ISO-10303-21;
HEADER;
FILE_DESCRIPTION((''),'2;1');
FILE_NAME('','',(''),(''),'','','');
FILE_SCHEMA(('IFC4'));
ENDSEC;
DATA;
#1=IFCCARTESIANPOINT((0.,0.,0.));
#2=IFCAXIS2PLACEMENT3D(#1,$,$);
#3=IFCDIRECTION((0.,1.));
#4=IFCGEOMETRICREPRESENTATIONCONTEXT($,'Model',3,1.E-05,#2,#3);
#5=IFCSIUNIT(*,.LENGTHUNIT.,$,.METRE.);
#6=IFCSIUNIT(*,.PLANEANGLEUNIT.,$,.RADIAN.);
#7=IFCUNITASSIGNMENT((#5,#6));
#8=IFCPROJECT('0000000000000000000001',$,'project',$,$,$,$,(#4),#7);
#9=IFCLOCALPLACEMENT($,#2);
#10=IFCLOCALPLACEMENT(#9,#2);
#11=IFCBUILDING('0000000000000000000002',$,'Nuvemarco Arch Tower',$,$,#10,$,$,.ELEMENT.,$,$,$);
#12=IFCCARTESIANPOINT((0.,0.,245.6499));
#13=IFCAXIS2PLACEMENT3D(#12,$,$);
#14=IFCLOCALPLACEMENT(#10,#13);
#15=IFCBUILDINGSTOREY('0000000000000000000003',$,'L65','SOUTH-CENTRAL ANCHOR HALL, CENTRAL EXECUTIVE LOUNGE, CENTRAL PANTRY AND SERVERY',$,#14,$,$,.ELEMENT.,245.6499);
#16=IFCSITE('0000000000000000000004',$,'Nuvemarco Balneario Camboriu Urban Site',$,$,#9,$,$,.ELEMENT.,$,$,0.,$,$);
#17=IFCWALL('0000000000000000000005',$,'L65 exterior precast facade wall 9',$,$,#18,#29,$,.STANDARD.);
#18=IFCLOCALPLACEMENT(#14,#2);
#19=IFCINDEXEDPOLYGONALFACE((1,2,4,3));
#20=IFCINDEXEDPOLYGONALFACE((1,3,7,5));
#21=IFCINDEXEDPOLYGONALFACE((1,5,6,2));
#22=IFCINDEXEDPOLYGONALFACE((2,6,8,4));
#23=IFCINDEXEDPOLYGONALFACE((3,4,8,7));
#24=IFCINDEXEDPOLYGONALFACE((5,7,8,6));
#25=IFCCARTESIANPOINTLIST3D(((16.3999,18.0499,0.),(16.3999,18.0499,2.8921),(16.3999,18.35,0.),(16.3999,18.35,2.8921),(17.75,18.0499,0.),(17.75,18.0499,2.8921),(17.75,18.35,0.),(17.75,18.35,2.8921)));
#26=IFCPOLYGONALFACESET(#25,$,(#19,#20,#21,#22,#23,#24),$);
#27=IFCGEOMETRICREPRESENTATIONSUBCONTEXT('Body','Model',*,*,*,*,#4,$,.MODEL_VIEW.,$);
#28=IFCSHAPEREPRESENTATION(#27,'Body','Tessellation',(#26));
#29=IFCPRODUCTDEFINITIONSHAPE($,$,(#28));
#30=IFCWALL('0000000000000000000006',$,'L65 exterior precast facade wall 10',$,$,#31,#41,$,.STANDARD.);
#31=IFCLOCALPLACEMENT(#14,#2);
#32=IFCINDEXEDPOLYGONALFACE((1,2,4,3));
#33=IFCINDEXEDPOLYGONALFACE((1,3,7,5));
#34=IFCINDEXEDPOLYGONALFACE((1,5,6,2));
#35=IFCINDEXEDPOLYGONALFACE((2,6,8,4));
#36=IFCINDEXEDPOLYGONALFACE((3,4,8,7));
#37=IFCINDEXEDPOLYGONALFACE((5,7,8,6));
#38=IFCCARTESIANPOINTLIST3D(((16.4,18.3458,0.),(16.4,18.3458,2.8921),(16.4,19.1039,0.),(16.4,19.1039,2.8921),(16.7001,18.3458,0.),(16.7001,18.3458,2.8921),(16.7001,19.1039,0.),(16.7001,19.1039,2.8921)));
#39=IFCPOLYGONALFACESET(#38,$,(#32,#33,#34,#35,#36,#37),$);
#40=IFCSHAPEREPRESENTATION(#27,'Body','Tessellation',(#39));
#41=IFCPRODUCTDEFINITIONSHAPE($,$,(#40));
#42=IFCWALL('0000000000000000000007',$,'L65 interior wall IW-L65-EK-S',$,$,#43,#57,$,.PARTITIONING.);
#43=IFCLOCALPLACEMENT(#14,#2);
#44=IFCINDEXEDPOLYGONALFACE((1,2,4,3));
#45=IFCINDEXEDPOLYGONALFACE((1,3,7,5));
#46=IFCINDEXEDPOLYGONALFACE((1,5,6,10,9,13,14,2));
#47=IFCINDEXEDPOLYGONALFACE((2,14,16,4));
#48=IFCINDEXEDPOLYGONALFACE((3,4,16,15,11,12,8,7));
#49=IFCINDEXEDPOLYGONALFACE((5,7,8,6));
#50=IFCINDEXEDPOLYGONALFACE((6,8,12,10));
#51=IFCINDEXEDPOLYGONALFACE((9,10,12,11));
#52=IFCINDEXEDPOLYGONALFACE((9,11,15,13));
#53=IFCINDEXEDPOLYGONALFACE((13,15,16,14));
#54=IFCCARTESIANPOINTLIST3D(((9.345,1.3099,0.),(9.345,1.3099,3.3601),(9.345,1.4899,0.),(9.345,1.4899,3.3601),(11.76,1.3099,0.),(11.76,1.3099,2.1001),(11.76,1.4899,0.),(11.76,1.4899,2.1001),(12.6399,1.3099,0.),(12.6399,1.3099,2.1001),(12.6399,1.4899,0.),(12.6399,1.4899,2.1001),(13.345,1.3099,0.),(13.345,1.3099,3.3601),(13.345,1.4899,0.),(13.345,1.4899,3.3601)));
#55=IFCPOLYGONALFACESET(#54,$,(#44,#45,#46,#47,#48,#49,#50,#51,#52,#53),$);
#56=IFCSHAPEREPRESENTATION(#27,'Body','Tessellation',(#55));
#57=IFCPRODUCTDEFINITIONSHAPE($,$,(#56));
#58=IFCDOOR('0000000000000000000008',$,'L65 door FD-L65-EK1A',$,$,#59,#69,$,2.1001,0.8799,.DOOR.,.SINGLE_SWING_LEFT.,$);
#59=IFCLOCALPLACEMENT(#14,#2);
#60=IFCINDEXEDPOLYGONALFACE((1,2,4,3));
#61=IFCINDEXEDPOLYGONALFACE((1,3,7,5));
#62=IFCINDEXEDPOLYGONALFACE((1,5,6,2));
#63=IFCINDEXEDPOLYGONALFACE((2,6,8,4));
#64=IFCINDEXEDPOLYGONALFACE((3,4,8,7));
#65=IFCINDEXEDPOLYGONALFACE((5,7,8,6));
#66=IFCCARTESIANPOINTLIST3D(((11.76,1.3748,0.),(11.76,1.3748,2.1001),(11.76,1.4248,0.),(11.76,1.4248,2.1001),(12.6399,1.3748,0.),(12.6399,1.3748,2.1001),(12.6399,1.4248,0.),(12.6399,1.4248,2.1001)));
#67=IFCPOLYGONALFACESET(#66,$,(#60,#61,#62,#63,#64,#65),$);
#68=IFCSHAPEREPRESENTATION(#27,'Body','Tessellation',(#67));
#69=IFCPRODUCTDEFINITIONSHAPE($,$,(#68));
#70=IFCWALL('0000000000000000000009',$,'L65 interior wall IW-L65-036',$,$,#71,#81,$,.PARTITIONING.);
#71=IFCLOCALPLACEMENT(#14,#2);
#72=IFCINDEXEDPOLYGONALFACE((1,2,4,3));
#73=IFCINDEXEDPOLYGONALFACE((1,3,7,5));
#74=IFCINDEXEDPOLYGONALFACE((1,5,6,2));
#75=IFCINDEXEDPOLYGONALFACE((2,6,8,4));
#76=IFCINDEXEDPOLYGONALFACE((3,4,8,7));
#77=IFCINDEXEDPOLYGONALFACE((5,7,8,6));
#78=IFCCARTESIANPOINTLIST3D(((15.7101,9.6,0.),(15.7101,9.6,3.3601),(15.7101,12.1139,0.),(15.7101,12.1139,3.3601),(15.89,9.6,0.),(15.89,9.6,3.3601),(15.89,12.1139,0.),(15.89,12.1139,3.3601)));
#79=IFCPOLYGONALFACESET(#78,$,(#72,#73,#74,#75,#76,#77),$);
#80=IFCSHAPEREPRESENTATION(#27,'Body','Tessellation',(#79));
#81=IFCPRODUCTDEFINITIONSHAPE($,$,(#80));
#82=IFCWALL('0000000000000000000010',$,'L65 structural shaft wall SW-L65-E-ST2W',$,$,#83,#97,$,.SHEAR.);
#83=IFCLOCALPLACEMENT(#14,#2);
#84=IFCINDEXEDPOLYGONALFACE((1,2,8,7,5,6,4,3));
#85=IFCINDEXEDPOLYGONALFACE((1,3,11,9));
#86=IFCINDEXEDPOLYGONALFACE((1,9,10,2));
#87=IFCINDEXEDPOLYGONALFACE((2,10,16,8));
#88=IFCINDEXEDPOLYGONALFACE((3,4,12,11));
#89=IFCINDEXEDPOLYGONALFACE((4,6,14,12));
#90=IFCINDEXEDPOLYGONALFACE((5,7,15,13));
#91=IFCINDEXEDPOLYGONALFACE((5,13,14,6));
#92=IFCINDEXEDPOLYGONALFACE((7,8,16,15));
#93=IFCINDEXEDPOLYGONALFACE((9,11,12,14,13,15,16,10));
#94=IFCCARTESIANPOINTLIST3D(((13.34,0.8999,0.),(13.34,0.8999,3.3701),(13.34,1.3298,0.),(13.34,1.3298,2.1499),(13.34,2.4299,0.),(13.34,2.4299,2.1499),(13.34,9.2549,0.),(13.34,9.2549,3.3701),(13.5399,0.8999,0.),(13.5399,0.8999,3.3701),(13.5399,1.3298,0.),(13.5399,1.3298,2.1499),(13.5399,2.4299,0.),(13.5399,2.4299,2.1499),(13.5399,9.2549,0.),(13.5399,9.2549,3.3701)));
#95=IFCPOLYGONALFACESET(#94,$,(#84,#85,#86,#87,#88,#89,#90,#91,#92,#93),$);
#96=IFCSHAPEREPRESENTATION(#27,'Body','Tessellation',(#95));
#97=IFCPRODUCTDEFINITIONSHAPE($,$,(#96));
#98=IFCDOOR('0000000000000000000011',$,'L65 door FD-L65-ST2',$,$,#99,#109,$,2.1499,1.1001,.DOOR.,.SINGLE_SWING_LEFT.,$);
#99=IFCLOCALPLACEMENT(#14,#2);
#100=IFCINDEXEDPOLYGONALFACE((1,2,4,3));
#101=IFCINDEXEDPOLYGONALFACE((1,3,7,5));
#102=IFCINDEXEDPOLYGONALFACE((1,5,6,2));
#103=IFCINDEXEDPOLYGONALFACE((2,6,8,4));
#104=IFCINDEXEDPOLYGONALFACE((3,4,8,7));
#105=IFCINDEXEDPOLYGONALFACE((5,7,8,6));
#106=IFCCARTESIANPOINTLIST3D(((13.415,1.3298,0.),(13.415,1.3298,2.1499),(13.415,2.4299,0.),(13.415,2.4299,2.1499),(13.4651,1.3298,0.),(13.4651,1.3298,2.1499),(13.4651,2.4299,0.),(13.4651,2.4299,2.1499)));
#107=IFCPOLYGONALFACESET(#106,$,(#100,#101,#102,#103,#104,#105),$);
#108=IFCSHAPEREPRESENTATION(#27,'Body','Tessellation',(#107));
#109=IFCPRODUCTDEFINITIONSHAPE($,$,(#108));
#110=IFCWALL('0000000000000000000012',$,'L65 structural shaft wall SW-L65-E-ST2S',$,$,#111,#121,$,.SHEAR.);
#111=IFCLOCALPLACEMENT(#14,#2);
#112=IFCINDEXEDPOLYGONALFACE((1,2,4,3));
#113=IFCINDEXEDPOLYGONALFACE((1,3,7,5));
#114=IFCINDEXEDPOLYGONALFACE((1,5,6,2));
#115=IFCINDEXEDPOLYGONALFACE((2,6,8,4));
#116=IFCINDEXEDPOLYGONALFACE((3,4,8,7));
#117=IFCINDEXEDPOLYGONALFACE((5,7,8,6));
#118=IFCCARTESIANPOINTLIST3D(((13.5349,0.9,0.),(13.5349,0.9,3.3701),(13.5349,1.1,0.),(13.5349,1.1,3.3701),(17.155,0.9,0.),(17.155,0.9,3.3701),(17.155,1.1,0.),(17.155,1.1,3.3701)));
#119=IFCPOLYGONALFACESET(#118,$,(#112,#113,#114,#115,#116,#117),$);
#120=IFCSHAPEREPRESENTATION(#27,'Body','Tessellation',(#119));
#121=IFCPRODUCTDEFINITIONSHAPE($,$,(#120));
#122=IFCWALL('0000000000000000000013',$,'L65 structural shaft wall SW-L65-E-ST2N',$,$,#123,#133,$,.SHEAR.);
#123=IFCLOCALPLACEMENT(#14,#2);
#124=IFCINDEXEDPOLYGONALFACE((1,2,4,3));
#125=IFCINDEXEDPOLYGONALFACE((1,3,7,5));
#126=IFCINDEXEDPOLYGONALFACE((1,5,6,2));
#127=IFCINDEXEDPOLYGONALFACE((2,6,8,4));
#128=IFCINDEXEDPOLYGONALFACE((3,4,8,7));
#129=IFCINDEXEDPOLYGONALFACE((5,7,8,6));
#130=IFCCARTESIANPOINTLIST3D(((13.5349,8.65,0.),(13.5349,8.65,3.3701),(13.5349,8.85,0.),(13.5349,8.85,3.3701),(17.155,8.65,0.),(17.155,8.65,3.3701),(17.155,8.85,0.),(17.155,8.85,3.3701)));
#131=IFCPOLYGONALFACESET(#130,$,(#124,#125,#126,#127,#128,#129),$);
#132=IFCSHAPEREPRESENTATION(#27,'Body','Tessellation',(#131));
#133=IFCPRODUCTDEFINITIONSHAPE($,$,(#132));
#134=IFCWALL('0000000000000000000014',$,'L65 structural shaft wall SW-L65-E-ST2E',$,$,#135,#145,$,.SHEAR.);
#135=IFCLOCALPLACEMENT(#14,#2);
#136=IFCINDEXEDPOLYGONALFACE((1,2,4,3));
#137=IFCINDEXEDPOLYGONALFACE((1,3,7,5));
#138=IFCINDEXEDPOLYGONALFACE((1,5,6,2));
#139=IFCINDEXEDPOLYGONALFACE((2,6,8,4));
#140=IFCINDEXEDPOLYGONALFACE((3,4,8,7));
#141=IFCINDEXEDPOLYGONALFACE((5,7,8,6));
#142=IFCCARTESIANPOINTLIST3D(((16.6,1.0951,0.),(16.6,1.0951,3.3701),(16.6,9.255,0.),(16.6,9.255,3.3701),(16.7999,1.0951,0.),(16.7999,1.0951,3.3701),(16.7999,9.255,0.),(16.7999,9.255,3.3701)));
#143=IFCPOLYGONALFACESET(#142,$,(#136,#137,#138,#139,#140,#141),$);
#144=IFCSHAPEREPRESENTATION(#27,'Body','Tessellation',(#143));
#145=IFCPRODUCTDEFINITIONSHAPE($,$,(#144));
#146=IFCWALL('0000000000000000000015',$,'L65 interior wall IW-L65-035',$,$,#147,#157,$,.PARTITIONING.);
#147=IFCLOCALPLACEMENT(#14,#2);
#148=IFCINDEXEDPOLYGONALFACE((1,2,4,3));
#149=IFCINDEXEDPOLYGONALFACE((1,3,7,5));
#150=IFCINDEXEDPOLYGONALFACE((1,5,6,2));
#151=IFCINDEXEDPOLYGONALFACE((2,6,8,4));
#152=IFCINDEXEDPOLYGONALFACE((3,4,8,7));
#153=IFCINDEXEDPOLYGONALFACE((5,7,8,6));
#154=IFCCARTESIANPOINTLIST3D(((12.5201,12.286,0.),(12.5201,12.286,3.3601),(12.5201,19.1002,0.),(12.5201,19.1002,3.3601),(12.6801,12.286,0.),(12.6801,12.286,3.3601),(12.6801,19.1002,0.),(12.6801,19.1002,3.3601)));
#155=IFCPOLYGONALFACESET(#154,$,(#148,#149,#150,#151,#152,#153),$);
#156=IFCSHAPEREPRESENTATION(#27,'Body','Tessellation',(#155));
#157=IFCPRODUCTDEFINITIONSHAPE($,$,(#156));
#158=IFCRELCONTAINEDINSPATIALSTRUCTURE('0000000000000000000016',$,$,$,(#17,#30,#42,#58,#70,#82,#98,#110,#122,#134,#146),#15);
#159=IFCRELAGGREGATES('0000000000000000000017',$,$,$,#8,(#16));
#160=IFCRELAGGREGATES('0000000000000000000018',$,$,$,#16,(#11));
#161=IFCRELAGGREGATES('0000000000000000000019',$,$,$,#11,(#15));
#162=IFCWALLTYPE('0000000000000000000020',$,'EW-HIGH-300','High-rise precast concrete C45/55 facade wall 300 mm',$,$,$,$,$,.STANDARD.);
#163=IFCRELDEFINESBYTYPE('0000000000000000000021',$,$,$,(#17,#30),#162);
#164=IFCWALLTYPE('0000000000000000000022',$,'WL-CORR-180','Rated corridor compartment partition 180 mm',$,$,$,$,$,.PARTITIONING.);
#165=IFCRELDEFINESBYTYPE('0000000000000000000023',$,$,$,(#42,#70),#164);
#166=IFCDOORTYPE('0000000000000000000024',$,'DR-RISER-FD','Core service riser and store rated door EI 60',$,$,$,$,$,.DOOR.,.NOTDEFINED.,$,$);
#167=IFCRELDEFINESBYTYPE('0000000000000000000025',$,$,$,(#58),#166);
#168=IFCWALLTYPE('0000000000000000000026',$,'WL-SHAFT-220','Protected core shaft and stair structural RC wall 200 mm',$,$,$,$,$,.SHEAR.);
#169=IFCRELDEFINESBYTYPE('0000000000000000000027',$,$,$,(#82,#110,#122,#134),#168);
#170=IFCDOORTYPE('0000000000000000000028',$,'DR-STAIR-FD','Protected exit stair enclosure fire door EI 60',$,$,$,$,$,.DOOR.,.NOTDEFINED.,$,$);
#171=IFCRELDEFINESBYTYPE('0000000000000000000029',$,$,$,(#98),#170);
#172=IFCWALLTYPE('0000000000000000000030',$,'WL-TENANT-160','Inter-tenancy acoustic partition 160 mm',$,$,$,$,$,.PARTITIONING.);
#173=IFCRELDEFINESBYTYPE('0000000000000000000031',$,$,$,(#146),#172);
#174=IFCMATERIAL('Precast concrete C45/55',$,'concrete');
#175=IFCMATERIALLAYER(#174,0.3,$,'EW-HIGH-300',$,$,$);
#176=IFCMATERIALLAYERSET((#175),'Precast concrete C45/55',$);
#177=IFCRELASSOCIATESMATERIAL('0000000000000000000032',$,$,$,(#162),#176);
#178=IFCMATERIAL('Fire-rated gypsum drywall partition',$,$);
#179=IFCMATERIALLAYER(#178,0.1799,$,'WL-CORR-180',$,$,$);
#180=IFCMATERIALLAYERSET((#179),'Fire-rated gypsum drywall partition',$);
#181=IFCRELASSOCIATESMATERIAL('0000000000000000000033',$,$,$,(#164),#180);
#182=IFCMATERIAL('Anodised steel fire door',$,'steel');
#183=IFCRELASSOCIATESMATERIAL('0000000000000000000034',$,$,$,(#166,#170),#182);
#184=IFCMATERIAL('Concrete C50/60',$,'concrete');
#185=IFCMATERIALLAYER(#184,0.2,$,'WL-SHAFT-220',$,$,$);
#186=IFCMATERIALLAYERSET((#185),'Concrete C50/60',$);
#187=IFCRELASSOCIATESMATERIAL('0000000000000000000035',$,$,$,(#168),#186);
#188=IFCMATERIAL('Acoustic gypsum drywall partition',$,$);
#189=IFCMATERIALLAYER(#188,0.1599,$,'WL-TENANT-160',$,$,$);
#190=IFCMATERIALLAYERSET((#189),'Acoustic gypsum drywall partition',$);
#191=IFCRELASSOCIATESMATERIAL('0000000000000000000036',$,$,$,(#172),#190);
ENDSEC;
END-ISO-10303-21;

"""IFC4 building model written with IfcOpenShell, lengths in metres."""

from ifc_helpers import new_model, si_unit, direction, frame, frame_2d, origin, place, context, subcontext, project, spatial, rectangle, extrude, source, transform, mapped, material, layer, layer_set, type_object, type_shapes, element, fill, save


model = new_model("IFC4")

# Units and contexts
model_context = context("Model", 3, precision=1e-05, world=origin(), true_north=direction((0.0, 1.0)))
body_context = subcontext(model_context, "Body", "Model", "MODEL_VIEW")
ifc_project = project(units=[si_unit("LENGTHUNIT", "METRE"), si_unit("PLANEANGLEUNIT", "RADIAN")], contexts=[model_context])

# Site, building, storey
site_placement = place(None, origin())
site = spatial("IfcSite", under=ifc_project, at=site_placement, Name="Nuvemarco Balneario Camboriu Urban Site", CompositionType="ELEMENT", RefElevation=0.0)
building_placement = place(site_placement, origin())
building = spatial("IfcBuilding", under=site, at=building_placement, Name="Nuvemarco Arch Tower", CompositionType="ELEMENT")
storey_placement = place(building_placement, frame((0.0, 0.0, 245.6499)))
storey = spatial("IfcBuildingStorey", under=building, at=storey_placement, Name="L65", Description="SOUTH-CENTRAL ANCHOR HALL, CENTRAL EXECUTIVE LOUNGE, CENTRAL PANTRY AND SERVERY", CompositionType="ELEMENT", Elevation=245.6499)

# Shared definitions
ifc_material_1 = material(Name="Concrete C50/60", Category="concrete")

# Shared definitions
ifc_material_2 = material(Name="Precast concrete C45/55", Category="concrete")

# Shared definitions
ifc_layer_1 = layer(ifc_material_2, 0.3, Name="EW-HIGH-300")
ifc_layer_set_1 = layer_set([ifc_layer_1], Name="Precast concrete C45/55")
wall_type_1 = type_object("IfcWallType", Name="EW-HIGH-300", Description="High-rise precast concrete C45/55 facade wall 300 mm", PredefinedType="STANDARD", material=ifc_layer_set_1)

# Walls
wall_1_placement = place(storey_placement, frame((16.3999, 18.2, 0.0), z_axis=(0.0, 0.0, 1.0), x_axis=(1.0, 0.0, 0.0)))
element("IfcWall", 1, at=wall_1_placement, inside=storey, type_object=wall_type_1, Name="L65 exterior precast facade wall 9", PredefinedType="STANDARD", context=body_context, shape_type="SweptSolid", body=[
    extrude(rectangle(XDim=1.3501, YDim=0.3, at=frame_2d((0.675, 0.0))), origin(), (0.0, 0.0, 1.0), 2.8921),
])
wall_2_placement = place(storey_placement, frame((16.55, 18.3459, 0.0), z_axis=(0.0, 0.0, 1.0), x_axis=(0.0, 1.0, 0.0)))
element("IfcWall", 2, at=wall_2_placement, inside=storey, type_object=wall_type_1, Name="L65 exterior precast facade wall 10", PredefinedType="STANDARD", context=body_context, shape_type="SweptSolid", body=[
    extrude(rectangle(XDim=0.7581, YDim=0.3, at=frame_2d((0.3789, 0.0))), origin(), (0.0, 0.0, 1.0), 2.8921),
])

# Wall, opening, door
ifc_material_3 = material(Name="Fire-rated gypsum drywall partition")
ifc_layer_2 = layer(ifc_material_3, 0.1799, Name="WL-CORR-180")
ifc_layer_set_2 = layer_set([ifc_layer_2], Name="Fire-rated gypsum drywall partition")
wall_type_2 = type_object("IfcWallType", Name="WL-CORR-180", Description="Rated corridor compartment partition 180 mm", PredefinedType="PARTITIONING", material=ifc_layer_set_2)
wall_3_placement = place(storey_placement, frame((9.345, 1.3999, 0.0), z_axis=(0.0, 0.0, 1.0), x_axis=(1.0, 0.0, 0.0)))
wall_3 = element("IfcWall", 3, at=wall_3_placement, inside=storey, type_object=wall_type_2, Name="L65 interior wall IW-L65-EK-S", PredefinedType="PARTITIONING", context=body_context, shape_type="SweptSolid", body=[
    extrude(rectangle(XDim=4.0, YDim=0.1799, at=frame_2d((2.0, 0.0))), origin(), (0.0, 0.0, 1.0), 3.3601),
])
opening_1_placement = place(wall_3_placement, frame((2.415, 0.0, 0.0)))
opening_1 = element("IfcOpeningElement", 4, at=opening_1_placement, cuts=wall_3, PredefinedType="OPENING", context=body_context, shape_type="SweptSolid", body=[
    extrude(rectangle(XDim=0.8799, YDim=2.1001, at=frame_2d((0.4399, 1.05))), frame((0.0, 0.0999, 0.0), z_axis=(0.0, -1.0, 0.0), x_axis=(1.0, 0.0, 0.0)), (0.0, 0.0, 1.0), 0.2),
])
ifc_material_4 = material(Name="Anodised steel fire door", Category="steel")
door_type_1 = type_object("IfcDoorType", Name="DR-RISER-FD", Description="Core service riser and store rated door EI 60", OperationType="NOTDEFINED", PredefinedType="DOOR", material=ifc_material_4)
shared_shape_1 = source(origin(), body_context, "Body", "SweptSolid", [
    extrude(rectangle(XDim=0.8799, YDim=2.1001, at=frame_2d((0.4399, 1.05))), frame((0.0, 0.0249, 0.0), z_axis=(0.0, -1.0, 0.0), x_axis=(1.0, 0.0, 0.0)), (0.0, 0.0, 1.0), 0.05),
])
type_shapes(door_type_1, [shared_shape_1])
door_1_placement = place(opening_1_placement, origin())
door_1 = element("IfcDoor", 5, at=door_1_placement, inside=storey, type_object=door_type_1, Name="L65 door FD-L65-EK1A", OperationType="SINGLE_SWING_LEFT", OverallHeight=2.1001, OverallWidth=0.8799, PredefinedType="DOOR", context=body_context, shape_type="MappedRepresentation", body=[
    mapped(shared_shape_1, transform((0.0, 0.0, 0.0), scale=1.0)),
])
fill(opening_1, door_1)

# Wall
wall_4_placement = place(storey_placement, frame((15.8, 9.6001, 0.0), z_axis=(0.0, 0.0, 1.0), x_axis=(0.0, 1.0, 0.0)))
element("IfcWall", 6, at=wall_4_placement, inside=storey, type_object=wall_type_2, Name="L65 interior wall IW-L65-036", PredefinedType="PARTITIONING", context=body_context, shape_type="SweptSolid", body=[
    extrude(rectangle(XDim=2.5139, YDim=0.1799, at=frame_2d((1.2568, 0.0))), origin(), (0.0, 0.0, 1.0), 3.3601),
])

# Wall, opening, door
ifc_layer_3 = layer(ifc_material_1, 0.2, Name="WL-SHAFT-220")
ifc_layer_set_3 = layer_set([ifc_layer_3], Name="Concrete C50/60")
wall_type_3 = type_object("IfcWallType", Name="WL-SHAFT-220", Description="Protected core shaft and stair structural RC wall 200 mm", PredefinedType="SHEAR", material=ifc_layer_set_3)
wall_5_placement = place(storey_placement, frame((13.4399, 0.8999, 0.0), z_axis=(0.0, 0.0, 1.0), x_axis=(0.0, 1.0, 0.0)))
wall_5 = element("IfcWall", 7, at=wall_5_placement, inside=storey, type_object=wall_type_3, Name="L65 structural shaft wall SW-L65-E-ST2W", PredefinedType="SHEAR", context=body_context, shape_type="SweptSolid", body=[
    extrude(rectangle(XDim=8.355, YDim=0.2, at=frame_2d((4.1775, 0.0))), origin(), (0.0, 0.0, 1.0), 3.3701),
])
opening_2_placement = place(wall_5_placement, frame((0.4299, 0.0, 0.0)))
opening_2 = element("IfcOpeningElement", 8, at=opening_2_placement, cuts=wall_5, PredefinedType="OPENING", context=body_context, shape_type="SweptSolid", body=[
    extrude(rectangle(XDim=1.1001, YDim=2.1499, at=frame_2d((0.55, 1.075))), frame((0.0, 0.1099, 0.0), z_axis=(0.0, -1.0, 0.0), x_axis=(1.0, 0.0, 0.0)), (0.0, 0.0, 1.0), 0.22),
])
door_type_2 = type_object("IfcDoorType", Name="DR-STAIR-FD", Description="Protected exit stair enclosure fire door EI 60", OperationType="NOTDEFINED", PredefinedType="DOOR", material=ifc_material_4)
shared_shape_2 = source(origin(), body_context, "Body", "SweptSolid", [
    extrude(rectangle(XDim=1.1001, YDim=2.1499, at=frame_2d((0.55, 1.075))), frame((0.0, 0.0249, 0.0), z_axis=(0.0, -1.0, 0.0), x_axis=(1.0, 0.0, 0.0)), (0.0, 0.0, 1.0), 0.05),
])
type_shapes(door_type_2, [shared_shape_2])
door_2_placement = place(opening_2_placement, origin())
door_2 = element("IfcDoor", 9, at=door_2_placement, inside=storey, type_object=door_type_2, Name="L65 door FD-L65-ST2", OperationType="SINGLE_SWING_LEFT", OverallHeight=2.1499, OverallWidth=1.1001, PredefinedType="DOOR", context=body_context, shape_type="MappedRepresentation", body=[
    mapped(shared_shape_2, transform((0.0, 0.0, 0.0), scale=1.0)),
])
fill(opening_2, door_2)

# Walls
for number, where, z_axis, x_axis, name in (
    (10, (13.5349, 1.0, 0.0), (0.0, 0.0, 1.0), (1.0, 0.0, 0.0), "L65 structural shaft wall SW-L65-E-ST2S"),
    (11, (13.5349, 8.75, 0.0), (0.0, 0.0, 1.0), (1.0, 0.0, 0.0), "L65 structural shaft wall SW-L65-E-ST2N"),
):
    element("IfcWall", number, at=place(storey_placement, frame(where, z_axis=z_axis, x_axis=x_axis)), inside=storey, type_object=wall_type_3, Name=name, PredefinedType="SHEAR", context=body_context, shape_type="SweptSolid", body=[
        extrude(rectangle(XDim=3.6201, YDim=0.2, at=frame_2d((1.8101, 0.0))), origin(), (0.0, 0.0, 1.0), 3.3701),
    ])
wall_6_placement = place(storey_placement, frame((16.7, 1.095, 0.0), z_axis=(0.0, 0.0, 1.0), x_axis=(0.0, 1.0, 0.0)))
element("IfcWall", 12, at=wall_6_placement, inside=storey, type_object=wall_type_3, Name="L65 structural shaft wall SW-L65-E-ST2E", PredefinedType="SHEAR", context=body_context, shape_type="SweptSolid", body=[
    extrude(rectangle(XDim=8.1599, YDim=0.2, at=frame_2d((4.0801, 0.0))), origin(), (0.0, 0.0, 1.0), 3.3701),
])
ifc_material_5 = material(Name="Acoustic gypsum drywall partition")
ifc_layer_4 = layer(ifc_material_5, 0.1599, Name="WL-TENANT-160")
ifc_layer_set_4 = layer_set([ifc_layer_4], Name="Acoustic gypsum drywall partition")
wall_type_4 = type_object("IfcWallType", Name="WL-TENANT-160", Description="Inter-tenancy acoustic partition 160 mm", PredefinedType="PARTITIONING", material=ifc_layer_set_4)
wall_7_placement = place(storey_placement, frame((12.6001, 12.2859, 0.0), z_axis=(0.0, 0.0, 1.0), x_axis=(0.0, 1.0, 0.0)))
element("IfcWall", 13, at=wall_7_placement, inside=storey, type_object=wall_type_4, Name="L65 interior wall IW-L65-035", PredefinedType="PARTITIONING", context=body_context, shape_type="SweptSolid", body=[
    extrude(rectangle(XDim=6.8142, YDim=0.1599, at=frame_2d((3.4072, 0.0))), origin(), (0.0, 0.0, 1.0), 3.3601),
])

save(model, "model.ifc")
